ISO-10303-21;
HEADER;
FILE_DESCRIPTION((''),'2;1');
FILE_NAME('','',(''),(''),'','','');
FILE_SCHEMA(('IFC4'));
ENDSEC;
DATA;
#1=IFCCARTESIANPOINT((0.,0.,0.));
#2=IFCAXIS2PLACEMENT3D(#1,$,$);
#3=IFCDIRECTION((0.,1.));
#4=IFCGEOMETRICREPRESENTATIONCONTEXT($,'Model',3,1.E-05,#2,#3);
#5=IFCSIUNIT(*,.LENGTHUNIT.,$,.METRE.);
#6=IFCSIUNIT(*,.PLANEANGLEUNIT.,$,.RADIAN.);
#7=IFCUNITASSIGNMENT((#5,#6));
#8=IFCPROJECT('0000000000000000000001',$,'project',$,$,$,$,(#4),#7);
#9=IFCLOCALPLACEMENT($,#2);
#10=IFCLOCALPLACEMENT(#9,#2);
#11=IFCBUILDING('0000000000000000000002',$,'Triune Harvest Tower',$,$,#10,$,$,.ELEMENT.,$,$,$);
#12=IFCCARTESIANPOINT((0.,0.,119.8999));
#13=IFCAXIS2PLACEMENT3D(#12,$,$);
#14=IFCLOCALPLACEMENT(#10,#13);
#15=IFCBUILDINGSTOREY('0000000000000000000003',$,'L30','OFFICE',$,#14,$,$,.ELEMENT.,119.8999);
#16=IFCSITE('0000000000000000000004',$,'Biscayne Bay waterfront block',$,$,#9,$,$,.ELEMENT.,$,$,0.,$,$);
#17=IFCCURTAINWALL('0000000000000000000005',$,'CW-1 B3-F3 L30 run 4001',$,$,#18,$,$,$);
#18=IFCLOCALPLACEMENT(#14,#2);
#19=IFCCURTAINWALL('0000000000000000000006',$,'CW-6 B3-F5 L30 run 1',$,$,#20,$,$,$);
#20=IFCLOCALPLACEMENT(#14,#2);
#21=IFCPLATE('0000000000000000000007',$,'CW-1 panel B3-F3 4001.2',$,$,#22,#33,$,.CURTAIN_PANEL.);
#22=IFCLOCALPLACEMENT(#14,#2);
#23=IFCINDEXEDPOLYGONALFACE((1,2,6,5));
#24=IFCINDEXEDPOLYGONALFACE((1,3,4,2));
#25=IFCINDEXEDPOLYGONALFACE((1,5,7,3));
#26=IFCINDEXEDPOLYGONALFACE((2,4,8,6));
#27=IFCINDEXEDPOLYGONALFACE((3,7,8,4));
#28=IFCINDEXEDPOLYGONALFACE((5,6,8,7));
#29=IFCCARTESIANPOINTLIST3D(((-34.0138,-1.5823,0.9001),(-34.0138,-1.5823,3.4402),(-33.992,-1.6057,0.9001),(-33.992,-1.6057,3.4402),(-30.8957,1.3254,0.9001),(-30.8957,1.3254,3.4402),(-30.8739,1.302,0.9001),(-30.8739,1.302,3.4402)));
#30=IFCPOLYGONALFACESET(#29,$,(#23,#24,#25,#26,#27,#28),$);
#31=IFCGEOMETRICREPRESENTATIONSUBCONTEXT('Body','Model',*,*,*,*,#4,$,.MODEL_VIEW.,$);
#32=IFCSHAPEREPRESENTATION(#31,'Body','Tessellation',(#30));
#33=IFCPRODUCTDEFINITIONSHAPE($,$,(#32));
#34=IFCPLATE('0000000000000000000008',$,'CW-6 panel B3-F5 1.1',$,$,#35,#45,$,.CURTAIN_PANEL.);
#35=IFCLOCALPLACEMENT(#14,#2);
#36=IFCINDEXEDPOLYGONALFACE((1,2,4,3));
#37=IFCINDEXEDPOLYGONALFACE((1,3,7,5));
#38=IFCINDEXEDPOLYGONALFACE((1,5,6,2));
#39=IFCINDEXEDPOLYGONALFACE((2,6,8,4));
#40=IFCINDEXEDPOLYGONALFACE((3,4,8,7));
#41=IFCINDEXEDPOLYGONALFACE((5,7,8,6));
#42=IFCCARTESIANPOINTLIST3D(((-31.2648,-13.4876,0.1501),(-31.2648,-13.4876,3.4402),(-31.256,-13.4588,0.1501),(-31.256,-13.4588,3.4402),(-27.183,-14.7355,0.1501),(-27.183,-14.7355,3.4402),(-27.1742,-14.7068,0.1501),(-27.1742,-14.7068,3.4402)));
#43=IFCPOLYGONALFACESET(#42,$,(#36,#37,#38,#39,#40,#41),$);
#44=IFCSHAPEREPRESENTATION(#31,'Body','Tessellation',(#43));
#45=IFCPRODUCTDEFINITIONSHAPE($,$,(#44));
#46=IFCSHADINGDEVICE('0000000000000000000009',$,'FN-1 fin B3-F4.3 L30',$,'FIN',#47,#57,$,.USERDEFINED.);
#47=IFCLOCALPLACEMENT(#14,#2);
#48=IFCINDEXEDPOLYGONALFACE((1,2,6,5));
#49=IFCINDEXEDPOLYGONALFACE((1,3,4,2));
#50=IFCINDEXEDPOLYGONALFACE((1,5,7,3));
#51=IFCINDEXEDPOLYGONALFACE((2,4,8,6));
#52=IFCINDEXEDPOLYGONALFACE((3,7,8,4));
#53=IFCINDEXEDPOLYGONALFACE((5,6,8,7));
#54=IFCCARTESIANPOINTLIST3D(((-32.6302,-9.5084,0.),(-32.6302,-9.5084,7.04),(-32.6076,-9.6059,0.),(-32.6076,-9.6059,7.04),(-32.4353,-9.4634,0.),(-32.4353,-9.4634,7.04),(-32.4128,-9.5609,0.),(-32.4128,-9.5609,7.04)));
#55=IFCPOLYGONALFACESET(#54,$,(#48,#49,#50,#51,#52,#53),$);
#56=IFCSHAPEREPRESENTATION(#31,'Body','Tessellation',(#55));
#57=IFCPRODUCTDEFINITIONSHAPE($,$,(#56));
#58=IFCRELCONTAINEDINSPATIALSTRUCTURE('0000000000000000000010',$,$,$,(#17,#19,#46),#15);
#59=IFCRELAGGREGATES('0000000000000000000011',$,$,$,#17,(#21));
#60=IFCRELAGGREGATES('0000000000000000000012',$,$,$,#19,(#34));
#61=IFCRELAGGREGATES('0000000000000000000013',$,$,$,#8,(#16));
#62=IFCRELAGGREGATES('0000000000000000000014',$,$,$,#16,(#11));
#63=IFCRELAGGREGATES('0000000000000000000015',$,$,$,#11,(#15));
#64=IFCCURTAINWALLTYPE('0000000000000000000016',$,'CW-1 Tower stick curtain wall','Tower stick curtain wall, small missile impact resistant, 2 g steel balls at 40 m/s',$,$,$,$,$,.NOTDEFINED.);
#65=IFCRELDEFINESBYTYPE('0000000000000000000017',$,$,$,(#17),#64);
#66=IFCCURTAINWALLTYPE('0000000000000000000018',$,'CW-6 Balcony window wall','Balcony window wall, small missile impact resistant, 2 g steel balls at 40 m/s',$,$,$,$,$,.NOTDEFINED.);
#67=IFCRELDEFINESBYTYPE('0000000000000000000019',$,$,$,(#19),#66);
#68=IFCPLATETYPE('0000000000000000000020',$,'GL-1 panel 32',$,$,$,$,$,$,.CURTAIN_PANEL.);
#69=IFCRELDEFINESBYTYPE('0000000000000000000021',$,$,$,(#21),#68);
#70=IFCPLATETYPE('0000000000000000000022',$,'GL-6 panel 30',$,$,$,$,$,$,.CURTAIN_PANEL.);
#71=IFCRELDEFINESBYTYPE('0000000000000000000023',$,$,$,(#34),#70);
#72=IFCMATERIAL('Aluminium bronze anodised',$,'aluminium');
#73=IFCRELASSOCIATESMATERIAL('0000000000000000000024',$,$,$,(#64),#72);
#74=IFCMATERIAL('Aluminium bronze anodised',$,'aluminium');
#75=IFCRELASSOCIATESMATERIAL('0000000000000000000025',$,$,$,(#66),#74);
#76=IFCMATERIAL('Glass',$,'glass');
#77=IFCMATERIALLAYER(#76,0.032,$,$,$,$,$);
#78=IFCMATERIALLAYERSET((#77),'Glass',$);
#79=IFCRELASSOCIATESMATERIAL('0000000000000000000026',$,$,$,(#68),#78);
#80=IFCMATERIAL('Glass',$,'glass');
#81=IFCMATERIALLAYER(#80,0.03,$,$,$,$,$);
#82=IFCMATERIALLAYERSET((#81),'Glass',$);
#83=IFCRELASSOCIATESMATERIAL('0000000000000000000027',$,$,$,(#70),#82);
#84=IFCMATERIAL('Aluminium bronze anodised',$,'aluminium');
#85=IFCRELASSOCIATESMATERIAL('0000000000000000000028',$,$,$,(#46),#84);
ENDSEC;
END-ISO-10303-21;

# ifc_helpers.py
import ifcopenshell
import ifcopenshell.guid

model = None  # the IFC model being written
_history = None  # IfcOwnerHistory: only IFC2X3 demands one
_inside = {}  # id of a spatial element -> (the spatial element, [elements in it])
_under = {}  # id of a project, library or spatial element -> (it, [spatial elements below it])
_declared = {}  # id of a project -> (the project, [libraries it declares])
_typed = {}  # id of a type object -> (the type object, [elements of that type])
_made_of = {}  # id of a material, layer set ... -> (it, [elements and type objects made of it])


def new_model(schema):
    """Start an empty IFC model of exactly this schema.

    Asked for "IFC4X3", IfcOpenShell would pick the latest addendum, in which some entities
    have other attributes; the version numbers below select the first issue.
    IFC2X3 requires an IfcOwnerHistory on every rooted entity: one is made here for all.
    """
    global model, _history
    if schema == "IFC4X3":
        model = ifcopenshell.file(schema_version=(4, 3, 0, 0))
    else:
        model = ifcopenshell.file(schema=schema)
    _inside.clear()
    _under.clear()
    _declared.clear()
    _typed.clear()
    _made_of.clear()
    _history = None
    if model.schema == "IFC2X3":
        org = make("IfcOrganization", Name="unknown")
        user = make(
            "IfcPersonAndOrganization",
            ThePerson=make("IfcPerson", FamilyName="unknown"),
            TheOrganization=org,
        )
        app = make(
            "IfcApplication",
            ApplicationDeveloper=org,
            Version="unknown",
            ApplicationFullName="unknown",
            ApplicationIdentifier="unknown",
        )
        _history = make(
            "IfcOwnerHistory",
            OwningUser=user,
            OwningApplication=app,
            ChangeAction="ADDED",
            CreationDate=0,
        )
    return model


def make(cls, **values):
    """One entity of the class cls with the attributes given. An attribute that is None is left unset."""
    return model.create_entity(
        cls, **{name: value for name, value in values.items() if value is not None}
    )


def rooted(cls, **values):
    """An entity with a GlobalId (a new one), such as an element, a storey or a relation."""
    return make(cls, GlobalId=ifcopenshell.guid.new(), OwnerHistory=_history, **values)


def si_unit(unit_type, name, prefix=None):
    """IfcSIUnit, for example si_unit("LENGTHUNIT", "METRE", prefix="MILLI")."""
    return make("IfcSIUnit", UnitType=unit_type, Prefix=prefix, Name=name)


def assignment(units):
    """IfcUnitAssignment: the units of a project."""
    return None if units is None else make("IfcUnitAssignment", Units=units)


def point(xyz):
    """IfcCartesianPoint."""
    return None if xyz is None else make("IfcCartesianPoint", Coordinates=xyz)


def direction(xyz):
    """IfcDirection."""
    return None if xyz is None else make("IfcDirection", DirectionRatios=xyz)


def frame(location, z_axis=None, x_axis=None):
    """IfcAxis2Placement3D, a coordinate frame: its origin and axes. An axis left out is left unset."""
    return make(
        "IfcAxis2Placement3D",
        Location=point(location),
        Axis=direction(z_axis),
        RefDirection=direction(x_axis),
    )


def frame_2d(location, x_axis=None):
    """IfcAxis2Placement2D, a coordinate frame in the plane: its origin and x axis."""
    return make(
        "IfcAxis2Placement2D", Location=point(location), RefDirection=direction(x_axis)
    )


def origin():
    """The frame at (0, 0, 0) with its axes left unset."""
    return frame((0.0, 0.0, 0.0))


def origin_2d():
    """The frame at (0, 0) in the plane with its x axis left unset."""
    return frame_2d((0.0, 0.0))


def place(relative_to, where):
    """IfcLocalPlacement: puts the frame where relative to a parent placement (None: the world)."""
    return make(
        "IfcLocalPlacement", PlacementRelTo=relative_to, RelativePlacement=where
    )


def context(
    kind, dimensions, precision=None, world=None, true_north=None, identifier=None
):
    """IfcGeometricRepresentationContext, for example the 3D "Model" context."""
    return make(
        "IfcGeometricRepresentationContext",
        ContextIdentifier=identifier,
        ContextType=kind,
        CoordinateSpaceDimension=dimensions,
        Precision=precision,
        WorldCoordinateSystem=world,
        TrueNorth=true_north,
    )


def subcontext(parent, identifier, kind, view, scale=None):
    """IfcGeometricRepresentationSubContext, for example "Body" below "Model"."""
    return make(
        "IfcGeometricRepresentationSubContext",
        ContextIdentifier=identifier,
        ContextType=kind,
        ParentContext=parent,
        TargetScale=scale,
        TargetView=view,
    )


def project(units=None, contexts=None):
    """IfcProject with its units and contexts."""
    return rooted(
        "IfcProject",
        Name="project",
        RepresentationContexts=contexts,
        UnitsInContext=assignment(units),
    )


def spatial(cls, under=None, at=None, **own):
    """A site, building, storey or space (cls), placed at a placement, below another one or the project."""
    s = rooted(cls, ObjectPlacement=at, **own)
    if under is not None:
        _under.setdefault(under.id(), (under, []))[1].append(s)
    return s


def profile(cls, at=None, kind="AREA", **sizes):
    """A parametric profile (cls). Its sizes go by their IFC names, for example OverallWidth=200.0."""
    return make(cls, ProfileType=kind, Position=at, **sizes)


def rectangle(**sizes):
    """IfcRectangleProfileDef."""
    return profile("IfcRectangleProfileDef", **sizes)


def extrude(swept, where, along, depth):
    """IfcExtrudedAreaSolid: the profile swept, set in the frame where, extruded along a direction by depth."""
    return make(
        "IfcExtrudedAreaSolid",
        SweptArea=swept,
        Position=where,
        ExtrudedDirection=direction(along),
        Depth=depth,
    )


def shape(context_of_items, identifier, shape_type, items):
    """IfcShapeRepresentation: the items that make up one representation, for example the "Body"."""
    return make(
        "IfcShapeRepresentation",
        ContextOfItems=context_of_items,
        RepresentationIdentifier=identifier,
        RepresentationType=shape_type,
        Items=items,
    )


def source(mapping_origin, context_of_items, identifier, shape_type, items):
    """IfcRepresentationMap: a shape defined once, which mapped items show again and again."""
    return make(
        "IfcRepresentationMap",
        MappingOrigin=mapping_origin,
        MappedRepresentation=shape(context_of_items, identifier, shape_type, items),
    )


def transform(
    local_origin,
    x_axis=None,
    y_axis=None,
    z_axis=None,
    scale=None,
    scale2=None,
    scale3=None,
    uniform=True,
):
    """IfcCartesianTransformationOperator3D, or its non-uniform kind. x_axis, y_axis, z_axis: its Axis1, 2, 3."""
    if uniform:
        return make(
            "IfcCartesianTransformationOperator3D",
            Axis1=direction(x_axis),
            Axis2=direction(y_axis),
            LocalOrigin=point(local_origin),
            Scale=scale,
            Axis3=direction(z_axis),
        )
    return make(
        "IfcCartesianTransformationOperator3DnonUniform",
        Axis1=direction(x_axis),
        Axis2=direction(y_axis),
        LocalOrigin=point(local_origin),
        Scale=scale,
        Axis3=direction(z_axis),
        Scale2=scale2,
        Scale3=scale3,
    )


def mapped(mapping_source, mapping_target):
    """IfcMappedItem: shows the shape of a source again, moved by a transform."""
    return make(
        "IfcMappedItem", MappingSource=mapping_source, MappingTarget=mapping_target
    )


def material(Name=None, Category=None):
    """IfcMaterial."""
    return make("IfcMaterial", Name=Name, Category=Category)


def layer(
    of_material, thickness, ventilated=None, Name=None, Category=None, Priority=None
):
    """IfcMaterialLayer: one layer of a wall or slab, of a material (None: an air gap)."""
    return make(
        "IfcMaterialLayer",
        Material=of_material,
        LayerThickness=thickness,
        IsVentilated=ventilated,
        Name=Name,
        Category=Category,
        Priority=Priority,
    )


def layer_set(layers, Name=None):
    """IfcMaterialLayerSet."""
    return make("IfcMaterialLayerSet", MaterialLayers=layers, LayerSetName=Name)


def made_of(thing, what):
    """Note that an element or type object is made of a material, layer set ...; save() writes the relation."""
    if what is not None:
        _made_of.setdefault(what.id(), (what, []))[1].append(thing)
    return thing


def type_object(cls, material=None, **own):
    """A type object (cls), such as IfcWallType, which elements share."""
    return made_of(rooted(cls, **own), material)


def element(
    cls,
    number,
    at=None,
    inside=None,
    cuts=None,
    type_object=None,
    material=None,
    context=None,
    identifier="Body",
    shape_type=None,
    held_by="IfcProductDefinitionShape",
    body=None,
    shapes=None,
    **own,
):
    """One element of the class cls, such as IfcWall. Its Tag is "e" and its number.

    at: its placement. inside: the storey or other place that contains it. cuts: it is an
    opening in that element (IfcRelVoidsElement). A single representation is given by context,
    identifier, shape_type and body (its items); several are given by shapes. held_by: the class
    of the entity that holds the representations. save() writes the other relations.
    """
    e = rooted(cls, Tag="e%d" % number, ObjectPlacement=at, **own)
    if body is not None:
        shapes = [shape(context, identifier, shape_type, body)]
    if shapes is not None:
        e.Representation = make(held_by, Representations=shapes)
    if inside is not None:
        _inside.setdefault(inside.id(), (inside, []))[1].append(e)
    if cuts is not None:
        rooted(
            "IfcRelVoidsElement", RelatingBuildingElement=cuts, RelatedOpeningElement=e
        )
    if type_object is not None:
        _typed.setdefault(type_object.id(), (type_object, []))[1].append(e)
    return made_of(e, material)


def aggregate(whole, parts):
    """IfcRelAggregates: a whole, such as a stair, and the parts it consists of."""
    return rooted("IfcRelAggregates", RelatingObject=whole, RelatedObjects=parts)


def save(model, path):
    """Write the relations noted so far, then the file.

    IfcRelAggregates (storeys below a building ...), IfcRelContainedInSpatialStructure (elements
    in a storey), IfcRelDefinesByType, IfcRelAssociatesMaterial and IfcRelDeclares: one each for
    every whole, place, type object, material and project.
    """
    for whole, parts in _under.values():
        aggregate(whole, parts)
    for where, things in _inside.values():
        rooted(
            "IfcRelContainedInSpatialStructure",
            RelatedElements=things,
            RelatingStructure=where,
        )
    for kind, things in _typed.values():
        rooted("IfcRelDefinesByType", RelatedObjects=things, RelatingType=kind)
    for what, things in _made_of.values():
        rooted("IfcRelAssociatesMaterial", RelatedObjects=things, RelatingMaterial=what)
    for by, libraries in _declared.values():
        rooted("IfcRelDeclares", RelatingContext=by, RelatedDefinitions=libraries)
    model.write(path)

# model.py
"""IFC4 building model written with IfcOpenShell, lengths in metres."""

from ifc_helpers import new_model, si_unit, direction, frame, origin, origin_2d, place, context, subcontext, project, spatial, rectangle, extrude, source, transform, mapped, material, layer, layer_set, type_object, element, aggregate, save


model = new_model("IFC4")

# Units and contexts
model_context = context("Model", 3, precision=1e-05, world=origin(), true_north=direction((0.0, 1.0)))
body_context = subcontext(model_context, "Body", "Model", "MODEL_VIEW")
ifc_project = project(units=[si_unit("LENGTHUNIT", "METRE"), si_unit("PLANEANGLEUNIT", "RADIAN")], contexts=[model_context])

# Site, building, storey
site_placement = place(None, origin())
site = spatial("IfcSite", under=ifc_project, at=site_placement, Name="Biscayne Bay waterfront block", CompositionType="ELEMENT", RefElevation=0.0)
building_placement = place(site_placement, origin())
building = spatial("IfcBuilding", under=site, at=building_placement, Name="Triune Harvest Tower", CompositionType="ELEMENT")
storey_placement = place(building_placement, frame((0.0, 0.0, 119.8999)))
storey = spatial("IfcBuildingStorey", under=building, at=storey_placement, Name="L30", Description="OFFICE", CompositionType="ELEMENT", Elevation=119.8999)

# Curtain wall
ifc_material_1 = material(Name="Aluminium bronze anodised", Category="aluminium")
curtain_wall_type_1 = type_object("IfcCurtainWallType", Name="CW-1 Tower stick curtain wall", Description="Tower stick curtain wall, small missile impact resistant, 2 g steel balls at 40 m/s", PredefinedType="NOTDEFINED", material=ifc_material_1)
curtain_wall_1_placement = place(storey_placement, origin())
curtain_wall_1 = element("IfcCurtainWall", 1, at=curtain_wall_1_placement, inside=storey, type_object=curtain_wall_type_1, Name="CW-1 B3-F3 L30 run 4001")

# Curtain wall
ifc_material_2 = material(Name="Aluminium bronze anodised", Category="aluminium")
curtain_wall_type_2 = type_object("IfcCurtainWallType", Name="CW-6 Balcony window wall", Description="Balcony window wall, small missile impact resistant, 2 g steel balls at 40 m/s", PredefinedType="NOTDEFINED", material=ifc_material_2)
curtain_wall_2_placement = place(storey_placement, origin())
curtain_wall_2 = element("IfcCurtainWall", 2, at=curtain_wall_2_placement, inside=storey, type_object=curtain_wall_type_2, Name="CW-6 B3-F5 L30 run 1")

# Plates
ifc_material_3 = material(Name="Glass", Category="glass")
ifc_layer_1 = layer(ifc_material_3, 0.032)
ifc_layer_set_1 = layer_set([ifc_layer_1], Name="Glass")
plate_type_1 = type_object("IfcPlateType", Name="GL-1 panel 32", PredefinedType="CURTAIN_PANEL", material=ifc_layer_set_1)
shared_shape_1 = source(origin(), body_context, "Body", "SweptSolid", [
    extrude(rectangle(XDim=4.2634, YDim=0.032, at=origin_2d()), origin(), (0.0, 0.0, 1.0), 2.54),
])
plate_1_placement = place(storey_placement, frame((-32.4438, -0.1401, 0.9001), z_axis=(0.0, 0.0, 1.0), x_axis=(-0.731354, -0.681998, 0.0)))
plate_1 = element("IfcPlate", 3, at=plate_1_placement, type_object=plate_type_1, Name="CW-1 panel B3-F3 4001.2", PredefinedType="CURTAIN_PANEL", context=body_context, shape_type="MappedRepresentation", body=[
    mapped(shared_shape_1, transform((0.0, 0.0, 0.0), scale=1.0)),
])
aggregate(curtain_wall_1, [plate_1])
ifc_material_4 = material(Name="Glass", Category="glass")
ifc_layer_2 = layer(ifc_material_4, 0.03)
ifc_layer_set_2 = layer_set([ifc_layer_2], Name="Glass")
plate_type_2 = type_object("IfcPlateType", Name="GL-6 panel 30", PredefinedType="CURTAIN_PANEL", material=ifc_layer_set_2)
shared_shape_2 = source(origin(), body_context, "Body", "SweptSolid", [
    extrude(rectangle(XDim=4.2683, YDim=0.03, at=origin_2d()), origin(), (0.0, 0.0, 1.0), 3.29),
])
plate_2_placement = place(storey_placement, frame((-29.2195, -14.0972, 0.1501), z_axis=(0.0, 0.0, 1.0), x_axis=(0.956303, -0.292376, 0.0)))
plate_2 = element("IfcPlate", 4, at=plate_2_placement, type_object=plate_type_2, Name="CW-6 panel B3-F5 1.1", PredefinedType="CURTAIN_PANEL", context=body_context, shape_type="MappedRepresentation", body=[
    mapped(shared_shape_2, transform((0.0, 0.0, 0.0), scale=1.0)),
])
aggregate(curtain_wall_2, [plate_2])

# Shading device
ifc_material_5 = material(Name="Aluminium bronze anodised", Category="aluminium")
shared_shape_3 = source(origin(), body_context, "Body", "SweptSolid", [
    extrude(rectangle(XDim=0.1001, YDim=0.2, at=origin_2d()), origin(), (0.0, 0.0, 1.0), 7.04),
])
shading_device_placement = place(storey_placement, frame((-32.5215, -9.5347, 0.0), z_axis=(0.0, 0.0, 1.0), x_axis=(0.224947, -0.974371, 0.0)))
element("IfcShadingDevice", 5, at=shading_device_placement, inside=storey, material=ifc_material_5, Name="FN-1 fin B3-F4.3 L30", ObjectType="FIN", PredefinedType="USERDEFINED", context=body_context, shape_type="MappedRepresentation", body=[
    mapped(shared_shape_3, transform((0.0, 0.0, 0.0), scale=1.0)),
])

save(model, "model.ifc")
